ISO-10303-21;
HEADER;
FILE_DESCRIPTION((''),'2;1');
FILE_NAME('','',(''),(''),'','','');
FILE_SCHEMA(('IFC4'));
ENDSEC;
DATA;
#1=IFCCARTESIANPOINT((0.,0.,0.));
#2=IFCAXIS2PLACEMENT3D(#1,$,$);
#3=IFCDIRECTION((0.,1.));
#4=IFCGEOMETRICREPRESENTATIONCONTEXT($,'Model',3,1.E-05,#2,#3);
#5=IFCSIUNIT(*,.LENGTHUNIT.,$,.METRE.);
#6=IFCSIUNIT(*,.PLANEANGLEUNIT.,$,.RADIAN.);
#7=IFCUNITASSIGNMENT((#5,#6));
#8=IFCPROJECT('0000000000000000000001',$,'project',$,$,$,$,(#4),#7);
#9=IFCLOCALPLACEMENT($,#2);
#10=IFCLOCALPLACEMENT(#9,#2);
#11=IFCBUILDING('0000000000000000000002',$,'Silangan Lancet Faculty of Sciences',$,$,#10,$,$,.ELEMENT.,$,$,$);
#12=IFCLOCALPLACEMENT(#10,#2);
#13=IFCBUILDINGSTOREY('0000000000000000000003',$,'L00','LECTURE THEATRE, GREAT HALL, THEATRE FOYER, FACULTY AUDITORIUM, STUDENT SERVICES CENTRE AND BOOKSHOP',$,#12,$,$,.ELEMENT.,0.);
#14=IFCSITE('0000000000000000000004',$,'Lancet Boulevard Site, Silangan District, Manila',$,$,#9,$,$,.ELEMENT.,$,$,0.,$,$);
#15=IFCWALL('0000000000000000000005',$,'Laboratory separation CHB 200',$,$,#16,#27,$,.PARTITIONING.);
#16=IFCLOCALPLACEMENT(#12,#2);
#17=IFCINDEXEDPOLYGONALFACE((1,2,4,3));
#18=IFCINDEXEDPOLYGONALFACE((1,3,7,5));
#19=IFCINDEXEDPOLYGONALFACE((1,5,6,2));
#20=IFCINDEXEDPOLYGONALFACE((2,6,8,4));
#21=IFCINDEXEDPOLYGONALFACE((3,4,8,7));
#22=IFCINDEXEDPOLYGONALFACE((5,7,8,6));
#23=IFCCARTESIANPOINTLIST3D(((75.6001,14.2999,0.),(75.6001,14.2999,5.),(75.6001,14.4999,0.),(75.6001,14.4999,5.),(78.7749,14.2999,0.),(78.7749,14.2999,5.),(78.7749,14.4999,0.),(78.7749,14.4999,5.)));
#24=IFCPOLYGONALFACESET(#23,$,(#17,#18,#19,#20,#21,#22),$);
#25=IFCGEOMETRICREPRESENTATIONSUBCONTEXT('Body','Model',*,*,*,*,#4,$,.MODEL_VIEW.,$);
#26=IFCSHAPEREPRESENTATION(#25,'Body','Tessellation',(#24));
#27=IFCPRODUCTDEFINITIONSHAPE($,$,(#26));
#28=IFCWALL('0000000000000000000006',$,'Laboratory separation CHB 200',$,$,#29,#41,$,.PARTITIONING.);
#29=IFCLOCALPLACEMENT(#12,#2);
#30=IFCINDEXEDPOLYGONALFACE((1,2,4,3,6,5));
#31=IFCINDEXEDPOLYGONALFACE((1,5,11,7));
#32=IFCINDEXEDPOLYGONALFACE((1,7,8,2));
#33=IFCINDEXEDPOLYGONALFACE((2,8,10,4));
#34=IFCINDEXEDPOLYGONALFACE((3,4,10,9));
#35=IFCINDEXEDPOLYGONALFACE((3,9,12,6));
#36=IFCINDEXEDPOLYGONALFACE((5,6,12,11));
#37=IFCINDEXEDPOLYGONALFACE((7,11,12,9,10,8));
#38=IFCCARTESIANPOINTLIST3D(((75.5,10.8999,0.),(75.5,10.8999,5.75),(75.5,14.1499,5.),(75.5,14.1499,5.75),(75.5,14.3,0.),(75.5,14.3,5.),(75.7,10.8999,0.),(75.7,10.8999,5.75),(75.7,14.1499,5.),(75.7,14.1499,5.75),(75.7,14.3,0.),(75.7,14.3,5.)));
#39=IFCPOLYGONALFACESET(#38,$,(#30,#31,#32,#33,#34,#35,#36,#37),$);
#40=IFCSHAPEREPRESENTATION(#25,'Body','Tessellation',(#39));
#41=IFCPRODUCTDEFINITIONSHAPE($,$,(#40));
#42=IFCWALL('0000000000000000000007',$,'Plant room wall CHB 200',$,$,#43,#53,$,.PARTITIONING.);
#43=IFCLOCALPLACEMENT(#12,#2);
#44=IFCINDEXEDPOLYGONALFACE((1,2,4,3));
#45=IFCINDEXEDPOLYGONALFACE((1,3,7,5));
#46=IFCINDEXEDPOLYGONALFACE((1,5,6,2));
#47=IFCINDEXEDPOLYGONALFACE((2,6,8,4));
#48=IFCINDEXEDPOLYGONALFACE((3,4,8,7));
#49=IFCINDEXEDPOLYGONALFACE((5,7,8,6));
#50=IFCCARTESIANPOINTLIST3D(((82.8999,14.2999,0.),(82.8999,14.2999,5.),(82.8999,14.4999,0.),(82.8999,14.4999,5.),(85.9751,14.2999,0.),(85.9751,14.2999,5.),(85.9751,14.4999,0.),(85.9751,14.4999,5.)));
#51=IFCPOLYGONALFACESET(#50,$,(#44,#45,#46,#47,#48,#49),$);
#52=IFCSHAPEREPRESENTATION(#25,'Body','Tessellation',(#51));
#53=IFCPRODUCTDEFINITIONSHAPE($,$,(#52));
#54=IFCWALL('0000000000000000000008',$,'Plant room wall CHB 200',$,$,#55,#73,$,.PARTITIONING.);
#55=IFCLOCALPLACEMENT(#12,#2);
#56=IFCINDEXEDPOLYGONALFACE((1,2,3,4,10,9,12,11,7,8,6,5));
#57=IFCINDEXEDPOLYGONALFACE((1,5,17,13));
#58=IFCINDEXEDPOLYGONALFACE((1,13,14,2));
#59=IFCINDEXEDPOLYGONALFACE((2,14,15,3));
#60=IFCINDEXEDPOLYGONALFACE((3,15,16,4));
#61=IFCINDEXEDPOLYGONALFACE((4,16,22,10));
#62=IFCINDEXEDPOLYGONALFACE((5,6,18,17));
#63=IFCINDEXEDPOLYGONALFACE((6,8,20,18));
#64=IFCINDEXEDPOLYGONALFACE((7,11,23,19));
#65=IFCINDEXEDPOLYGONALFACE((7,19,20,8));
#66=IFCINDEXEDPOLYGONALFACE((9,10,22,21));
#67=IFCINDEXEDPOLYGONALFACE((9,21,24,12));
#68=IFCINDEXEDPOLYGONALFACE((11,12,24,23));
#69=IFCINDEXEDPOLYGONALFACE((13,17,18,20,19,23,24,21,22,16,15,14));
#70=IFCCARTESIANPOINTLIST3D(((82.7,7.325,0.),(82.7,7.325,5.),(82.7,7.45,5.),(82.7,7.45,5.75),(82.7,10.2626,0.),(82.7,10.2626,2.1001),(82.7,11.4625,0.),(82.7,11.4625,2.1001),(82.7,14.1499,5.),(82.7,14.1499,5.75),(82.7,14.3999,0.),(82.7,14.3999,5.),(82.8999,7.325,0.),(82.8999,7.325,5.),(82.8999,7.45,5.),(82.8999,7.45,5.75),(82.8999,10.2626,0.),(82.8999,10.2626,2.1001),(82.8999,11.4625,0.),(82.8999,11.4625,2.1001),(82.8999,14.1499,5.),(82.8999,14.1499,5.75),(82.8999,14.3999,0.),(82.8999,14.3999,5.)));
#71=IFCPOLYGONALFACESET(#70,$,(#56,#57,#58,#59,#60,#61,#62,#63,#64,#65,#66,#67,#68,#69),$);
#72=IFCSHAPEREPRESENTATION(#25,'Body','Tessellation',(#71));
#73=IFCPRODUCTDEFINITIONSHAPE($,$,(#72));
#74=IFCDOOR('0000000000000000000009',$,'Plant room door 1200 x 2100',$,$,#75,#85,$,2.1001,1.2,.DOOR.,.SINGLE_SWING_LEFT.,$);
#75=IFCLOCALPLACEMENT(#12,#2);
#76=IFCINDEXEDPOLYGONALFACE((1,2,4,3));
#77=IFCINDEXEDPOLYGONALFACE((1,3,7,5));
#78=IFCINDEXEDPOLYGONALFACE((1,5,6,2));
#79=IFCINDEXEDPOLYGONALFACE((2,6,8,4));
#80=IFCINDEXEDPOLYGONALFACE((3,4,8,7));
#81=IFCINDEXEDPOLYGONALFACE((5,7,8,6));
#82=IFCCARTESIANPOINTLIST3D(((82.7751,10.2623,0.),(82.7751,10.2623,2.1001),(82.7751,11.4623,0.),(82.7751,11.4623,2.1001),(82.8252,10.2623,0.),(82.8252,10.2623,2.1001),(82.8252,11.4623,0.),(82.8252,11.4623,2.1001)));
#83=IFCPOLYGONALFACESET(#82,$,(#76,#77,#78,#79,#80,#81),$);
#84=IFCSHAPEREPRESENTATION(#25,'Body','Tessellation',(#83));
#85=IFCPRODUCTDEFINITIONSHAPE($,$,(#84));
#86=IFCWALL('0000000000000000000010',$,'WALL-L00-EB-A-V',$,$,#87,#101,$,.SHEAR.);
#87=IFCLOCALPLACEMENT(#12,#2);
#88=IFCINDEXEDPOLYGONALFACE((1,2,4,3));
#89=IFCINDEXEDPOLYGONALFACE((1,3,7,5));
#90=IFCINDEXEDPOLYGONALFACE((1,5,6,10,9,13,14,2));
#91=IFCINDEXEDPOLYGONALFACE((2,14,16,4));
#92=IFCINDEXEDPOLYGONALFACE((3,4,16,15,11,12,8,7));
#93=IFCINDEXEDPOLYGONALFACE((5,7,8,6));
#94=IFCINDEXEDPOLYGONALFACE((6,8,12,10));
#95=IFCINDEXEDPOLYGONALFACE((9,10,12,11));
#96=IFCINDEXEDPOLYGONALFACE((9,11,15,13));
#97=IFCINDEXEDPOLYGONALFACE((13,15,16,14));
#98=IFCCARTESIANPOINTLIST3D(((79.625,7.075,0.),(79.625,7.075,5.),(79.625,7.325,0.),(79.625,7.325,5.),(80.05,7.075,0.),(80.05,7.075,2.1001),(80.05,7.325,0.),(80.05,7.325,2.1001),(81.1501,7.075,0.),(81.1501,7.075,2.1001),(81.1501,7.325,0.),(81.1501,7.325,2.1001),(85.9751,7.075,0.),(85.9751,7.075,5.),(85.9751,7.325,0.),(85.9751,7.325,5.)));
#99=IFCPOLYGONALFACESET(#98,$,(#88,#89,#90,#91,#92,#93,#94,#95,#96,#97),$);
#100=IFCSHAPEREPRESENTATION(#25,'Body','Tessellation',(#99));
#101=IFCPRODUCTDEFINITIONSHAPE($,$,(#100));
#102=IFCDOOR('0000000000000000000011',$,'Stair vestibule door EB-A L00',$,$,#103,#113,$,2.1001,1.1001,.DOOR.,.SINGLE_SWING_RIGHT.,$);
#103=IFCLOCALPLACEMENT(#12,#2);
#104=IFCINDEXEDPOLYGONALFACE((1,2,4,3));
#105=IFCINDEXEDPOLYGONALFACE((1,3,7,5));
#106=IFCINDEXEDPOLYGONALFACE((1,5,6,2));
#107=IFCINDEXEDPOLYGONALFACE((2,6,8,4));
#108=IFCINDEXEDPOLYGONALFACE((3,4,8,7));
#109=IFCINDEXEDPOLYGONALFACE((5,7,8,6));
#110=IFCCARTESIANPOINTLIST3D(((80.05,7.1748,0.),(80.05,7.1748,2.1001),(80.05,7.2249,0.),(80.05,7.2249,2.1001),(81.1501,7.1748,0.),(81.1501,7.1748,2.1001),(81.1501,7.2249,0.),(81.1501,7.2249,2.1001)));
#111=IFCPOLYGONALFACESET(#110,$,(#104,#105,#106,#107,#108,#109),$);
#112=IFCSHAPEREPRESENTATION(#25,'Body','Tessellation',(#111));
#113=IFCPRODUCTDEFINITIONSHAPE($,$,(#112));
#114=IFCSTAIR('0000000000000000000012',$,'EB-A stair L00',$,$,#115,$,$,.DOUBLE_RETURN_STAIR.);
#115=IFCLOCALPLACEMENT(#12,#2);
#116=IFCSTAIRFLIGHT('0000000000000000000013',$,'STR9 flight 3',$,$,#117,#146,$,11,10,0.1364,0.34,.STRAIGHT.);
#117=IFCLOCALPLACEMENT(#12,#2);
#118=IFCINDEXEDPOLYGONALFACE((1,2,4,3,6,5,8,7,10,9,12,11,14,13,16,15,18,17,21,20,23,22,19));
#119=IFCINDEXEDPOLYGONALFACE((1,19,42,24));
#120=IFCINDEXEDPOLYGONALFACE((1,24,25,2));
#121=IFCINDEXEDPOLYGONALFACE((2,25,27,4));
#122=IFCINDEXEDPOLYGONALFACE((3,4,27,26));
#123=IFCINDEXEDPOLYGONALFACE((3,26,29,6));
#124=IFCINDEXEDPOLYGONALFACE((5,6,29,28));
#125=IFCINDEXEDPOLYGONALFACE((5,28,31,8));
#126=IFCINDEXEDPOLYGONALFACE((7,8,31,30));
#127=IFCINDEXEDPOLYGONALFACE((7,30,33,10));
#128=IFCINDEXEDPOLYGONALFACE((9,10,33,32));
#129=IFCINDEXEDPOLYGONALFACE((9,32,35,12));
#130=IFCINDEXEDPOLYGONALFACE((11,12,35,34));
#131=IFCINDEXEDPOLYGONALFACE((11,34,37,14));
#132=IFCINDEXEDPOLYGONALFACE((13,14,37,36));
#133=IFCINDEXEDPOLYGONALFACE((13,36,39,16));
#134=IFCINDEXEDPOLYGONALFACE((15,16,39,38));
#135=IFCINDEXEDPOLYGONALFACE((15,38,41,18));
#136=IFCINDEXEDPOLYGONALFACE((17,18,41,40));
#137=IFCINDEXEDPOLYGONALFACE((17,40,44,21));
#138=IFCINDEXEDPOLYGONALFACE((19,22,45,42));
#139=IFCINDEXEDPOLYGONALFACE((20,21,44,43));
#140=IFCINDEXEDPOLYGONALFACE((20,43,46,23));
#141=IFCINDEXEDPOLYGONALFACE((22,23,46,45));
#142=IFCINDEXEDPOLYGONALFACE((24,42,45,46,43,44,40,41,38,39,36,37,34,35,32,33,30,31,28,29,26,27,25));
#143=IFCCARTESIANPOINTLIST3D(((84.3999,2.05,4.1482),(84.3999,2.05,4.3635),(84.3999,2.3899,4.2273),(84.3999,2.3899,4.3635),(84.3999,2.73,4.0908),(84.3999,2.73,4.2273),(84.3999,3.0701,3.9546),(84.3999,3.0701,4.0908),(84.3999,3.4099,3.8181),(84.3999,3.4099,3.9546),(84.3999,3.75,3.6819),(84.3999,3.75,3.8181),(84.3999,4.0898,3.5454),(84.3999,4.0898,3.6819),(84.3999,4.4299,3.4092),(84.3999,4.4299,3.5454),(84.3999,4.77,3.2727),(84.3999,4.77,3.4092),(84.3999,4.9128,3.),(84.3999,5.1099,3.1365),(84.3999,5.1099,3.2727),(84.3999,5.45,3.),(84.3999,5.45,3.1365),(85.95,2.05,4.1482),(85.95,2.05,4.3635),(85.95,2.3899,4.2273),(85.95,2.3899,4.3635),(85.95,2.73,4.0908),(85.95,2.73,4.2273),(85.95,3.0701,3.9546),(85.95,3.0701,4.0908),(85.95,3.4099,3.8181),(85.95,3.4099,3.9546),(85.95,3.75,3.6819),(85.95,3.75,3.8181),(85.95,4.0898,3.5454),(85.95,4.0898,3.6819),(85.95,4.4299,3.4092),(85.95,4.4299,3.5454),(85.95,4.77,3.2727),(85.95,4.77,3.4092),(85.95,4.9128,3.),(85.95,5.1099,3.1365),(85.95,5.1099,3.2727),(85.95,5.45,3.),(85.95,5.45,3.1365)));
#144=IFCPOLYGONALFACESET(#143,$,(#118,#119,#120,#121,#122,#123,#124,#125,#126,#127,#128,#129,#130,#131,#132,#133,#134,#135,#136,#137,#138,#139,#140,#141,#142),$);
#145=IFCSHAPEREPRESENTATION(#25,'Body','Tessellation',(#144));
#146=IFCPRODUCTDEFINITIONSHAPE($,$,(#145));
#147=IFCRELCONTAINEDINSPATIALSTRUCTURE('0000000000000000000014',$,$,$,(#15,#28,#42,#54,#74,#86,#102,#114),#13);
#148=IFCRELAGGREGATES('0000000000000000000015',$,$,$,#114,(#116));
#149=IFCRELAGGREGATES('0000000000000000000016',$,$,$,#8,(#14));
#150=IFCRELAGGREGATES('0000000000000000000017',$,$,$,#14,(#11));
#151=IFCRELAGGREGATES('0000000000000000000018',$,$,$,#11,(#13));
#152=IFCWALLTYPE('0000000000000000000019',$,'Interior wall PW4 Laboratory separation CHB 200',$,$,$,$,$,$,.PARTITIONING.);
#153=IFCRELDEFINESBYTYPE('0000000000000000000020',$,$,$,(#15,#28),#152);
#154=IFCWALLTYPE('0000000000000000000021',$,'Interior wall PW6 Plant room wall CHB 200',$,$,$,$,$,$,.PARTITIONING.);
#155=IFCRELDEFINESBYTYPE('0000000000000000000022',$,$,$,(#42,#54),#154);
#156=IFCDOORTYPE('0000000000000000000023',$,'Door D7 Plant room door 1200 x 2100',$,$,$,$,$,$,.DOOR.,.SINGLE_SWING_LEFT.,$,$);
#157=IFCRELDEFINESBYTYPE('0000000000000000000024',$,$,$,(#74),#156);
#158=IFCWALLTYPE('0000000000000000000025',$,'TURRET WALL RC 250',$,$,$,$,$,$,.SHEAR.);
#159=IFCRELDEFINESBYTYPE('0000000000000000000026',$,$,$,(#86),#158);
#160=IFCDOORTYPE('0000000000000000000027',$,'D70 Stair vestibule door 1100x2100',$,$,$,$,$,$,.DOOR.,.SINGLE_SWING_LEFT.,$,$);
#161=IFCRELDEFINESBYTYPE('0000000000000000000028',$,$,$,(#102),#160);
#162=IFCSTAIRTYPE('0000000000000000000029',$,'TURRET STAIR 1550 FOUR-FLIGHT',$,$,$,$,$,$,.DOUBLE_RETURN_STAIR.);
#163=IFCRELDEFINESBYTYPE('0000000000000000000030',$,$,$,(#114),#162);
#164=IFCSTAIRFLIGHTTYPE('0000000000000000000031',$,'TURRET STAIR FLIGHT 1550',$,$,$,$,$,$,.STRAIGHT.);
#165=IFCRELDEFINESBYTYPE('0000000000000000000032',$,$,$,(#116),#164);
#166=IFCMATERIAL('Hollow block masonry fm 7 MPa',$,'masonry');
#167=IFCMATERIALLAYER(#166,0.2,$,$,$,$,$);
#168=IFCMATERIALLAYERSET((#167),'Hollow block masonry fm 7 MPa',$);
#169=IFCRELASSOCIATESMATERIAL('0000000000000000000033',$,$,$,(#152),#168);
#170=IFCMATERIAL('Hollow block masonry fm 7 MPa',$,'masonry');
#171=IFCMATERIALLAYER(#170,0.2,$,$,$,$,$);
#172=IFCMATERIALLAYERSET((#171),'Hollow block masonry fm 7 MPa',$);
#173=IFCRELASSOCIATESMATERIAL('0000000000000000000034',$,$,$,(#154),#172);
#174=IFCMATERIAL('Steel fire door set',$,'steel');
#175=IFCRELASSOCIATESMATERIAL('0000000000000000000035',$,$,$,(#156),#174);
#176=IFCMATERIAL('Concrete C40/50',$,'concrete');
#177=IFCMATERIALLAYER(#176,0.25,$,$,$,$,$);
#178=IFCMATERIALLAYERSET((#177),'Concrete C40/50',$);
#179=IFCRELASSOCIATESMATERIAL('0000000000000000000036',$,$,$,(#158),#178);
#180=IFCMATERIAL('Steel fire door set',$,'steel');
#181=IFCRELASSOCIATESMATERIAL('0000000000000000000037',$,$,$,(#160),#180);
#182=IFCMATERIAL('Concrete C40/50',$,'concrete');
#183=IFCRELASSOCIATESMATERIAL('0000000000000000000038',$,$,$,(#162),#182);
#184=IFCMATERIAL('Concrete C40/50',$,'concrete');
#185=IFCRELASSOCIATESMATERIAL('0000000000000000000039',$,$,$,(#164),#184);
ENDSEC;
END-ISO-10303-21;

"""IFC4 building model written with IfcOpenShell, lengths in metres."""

from ifc_helpers import new_model, si_unit, direction, frame, frame_2d, origin, place, context, subcontext, project, spatial, polyline, rectangle, outline, extrude, material, layer, layer_set, type_object, element, fill, aggregate, save


model = new_model("IFC4")

# Units and contexts
model_context = context("Model", 3, precision=1e-05, world=origin(), true_north=direction((0.0, 1.0)))
body_context = subcontext(model_context, "Body", "Model", "MODEL_VIEW")
ifc_project = project(units=[si_unit("LENGTHUNIT", "METRE"), si_unit("PLANEANGLEUNIT", "RADIAN")], contexts=[model_context])

# Site, building, storey
site_placement = place(None, origin())
site = spatial("IfcSite", under=ifc_project, at=site_placement, Name="Lancet Boulevard Site, Silangan District, Manila", CompositionType="ELEMENT", RefElevation=0.0)
building_placement = place(site_placement, origin())
building = spatial("IfcBuilding", under=site, at=building_placement, Name="Silangan Lancet Faculty of Sciences", CompositionType="ELEMENT")
storey_placement = place(building_placement, origin())
storey = spatial("IfcBuildingStorey", under=building, at=storey_placement, Name="L00", Description="LECTURE THEATRE, GREAT HALL, THEATRE FOYER, FACULTY AUDITORIUM, STUDENT SERVICES CENTRE AND BOOKSHOP", CompositionType="ELEMENT", Elevation=0.0)

# Walls
ifc_material_1 = material(Name="Hollow block masonry fm 7 MPa", Category="masonry")
ifc_layer_1 = layer(ifc_material_1, 0.2)
ifc_layer_set_1 = layer_set([ifc_layer_1], Name="Hollow block masonry fm 7 MPa")
wall_type_1 = type_object("IfcWallType", Name="Interior wall PW4 Laboratory separation CHB 200", PredefinedType="PARTITIONING", material=ifc_layer_set_1)
wall_1_placement = place(storey_placement, frame((75.6001, 14.3999, 0.0), z_axis=(0.0, 0.0, 1.0), x_axis=(1.0, 0.0, 0.0)))
element("IfcWall", 1, at=wall_1_placement, inside=storey, type_object=wall_type_1, Name="Laboratory separation CHB 200", PredefinedType="PARTITIONING", context=body_context, shape_type="SweptSolid", body=[
    extrude(rectangle(XDim=3.1748, YDim=0.2, at=frame_2d((1.5874, 0.0))), origin(), (0.0, 0.0, 1.0), 5.0),
])
wall_2_placement = place(storey_placement, frame((75.6001, 10.8999, 0.0), z_axis=(0.0, 0.0, 1.0), x_axis=(0.0, 1.0, 0.0)))
element("IfcWall", 2, at=wall_2_placement, inside=storey, type_object=wall_type_1, Name="Laboratory separation CHB 200", PredefinedType="PARTITIONING", context=body_context, shape_type="SweptSolid", body=[
    extrude(outline(polyline([(0.0, 0.0), (3.4001, 0.0), (3.4001, 5.0), (3.25, 5.0), (3.25, 5.75), (0.0, 5.75), (0.0, 0.0)])), frame((0.0, 0.1001, 0.0), z_axis=(0.0, -1.0, 0.0), x_axis=(1.0, 0.0, 0.0)), (0.0, 0.0, 1.0), 0.2),
])
ifc_material_2 = material(Name="Hollow block masonry fm 7 MPa", Category="masonry")
ifc_layer_2 = layer(ifc_material_2, 0.2)
ifc_layer_set_2 = layer_set([ifc_layer_2], Name="Hollow block masonry fm 7 MPa")
wall_type_2 = type_object("IfcWallType", Name="Interior wall PW6 Plant room wall CHB 200", PredefinedType="PARTITIONING", material=ifc_layer_set_2)
wall_3_placement = place(storey_placement, frame((82.8999, 14.3999, 0.0), z_axis=(0.0, 0.0, 1.0), x_axis=(1.0, 0.0, 0.0)))
element("IfcWall", 3, at=wall_3_placement, inside=storey, type_object=wall_type_2, Name="Plant room wall CHB 200", PredefinedType="PARTITIONING", context=body_context, shape_type="SweptSolid", body=[
    extrude(rectangle(XDim=3.0752, YDim=0.2, at=frame_2d((1.5376, 0.0))), origin(), (0.0, 0.0, 1.0), 5.0),
])

# Walls, openings, doors
wall_4_placement = place(storey_placement, frame((82.8, 7.325, 0.0), z_axis=(0.0, 0.0, 1.0), x_axis=(0.0, 1.0, 0.0)))
wall_4 = element("IfcWall", 4, at=wall_4_placement, inside=storey, type_object=wall_type_2, Name="Plant room wall CHB 200", PredefinedType="PARTITIONING", context=body_context, shape_type="SweptSolid", body=[
    extrude(outline(polyline([(0.0, 0.0), (7.075, 0.0), (7.075, 5.0), (6.825, 5.0), (6.825, 5.75), (0.125, 5.75), (0.125, 5.0), (0.0, 5.0), (0.0, 0.0)])), frame((0.0, 0.1001, 0.0), z_axis=(0.0, -1.0, 0.0), x_axis=(1.0, 0.0, 0.0)), (0.0, 0.0, 1.0), 0.2),
])
opening_1_placement = place(wall_4_placement, frame((2.9375, 0.0, 0.0)))
opening_1 = element("IfcOpeningElement", 5, at=opening_1_placement, cuts=wall_4, PredefinedType="OPENING", context=body_context, shape_type="SweptSolid", body=[
    extrude(rectangle(XDim=1.2, YDim=2.1001, at=frame_2d((0.6001, 1.05))), frame((0.0, 0.1099, 0.0), z_axis=(0.0, -1.0, 0.0), x_axis=(1.0, 0.0, 0.0)), (0.0, 0.0, 1.0), 0.22),
])
ifc_material_3 = material(Name="Steel fire door set", Category="steel")
door_type_1 = type_object("IfcDoorType", Name="Door D7 Plant room door 1200 x 2100", OperationType="SINGLE_SWING_LEFT", PredefinedType="DOOR", material=ifc_material_3)
door_1_placement = place(opening_1_placement, frame((1.2, 0.0, 0.0), z_axis=(0.0, 0.0, 1.0), x_axis=(-1.0, 0.0, 0.0)))
door_1 = element("IfcDoor", 6, at=door_1_placement, inside=storey, type_object=door_type_1, Name="Plant room door 1200 x 2100", OperationType="SINGLE_SWING_LEFT", OverallHeight=2.1001, OverallWidth=1.2, PredefinedType="DOOR", context=body_context, shape_type="SweptSolid", body=[
    extrude(rectangle(XDim=1.2, YDim=2.1001, at=frame_2d((0.6001, 1.05))), frame((0.0, 0.0251, 0.0), z_axis=(0.0, -1.0, 0.0), x_axis=(1.0, 0.0, 0.0)), (0.0, 0.0, 1.0), 0.05),
])
fill(opening_1, door_1)
ifc_material_4 = material(Name="Concrete C40/50", Category="concrete")
ifc_layer_3 = layer(ifc_material_4, 0.25)
ifc_layer_set_3 = layer_set([ifc_layer_3], Name="Concrete C40/50")
wall_type_3 = type_object("IfcWallType", Name="TURRET WALL RC 250", PredefinedType="SHEAR", material=ifc_layer_set_3)
wall_5_placement = place(storey_placement, frame((79.625, 7.2, 0.0), z_axis=(0.0, 0.0, 1.0), x_axis=(1.0, 0.0, 0.0)))
wall_5 = element("IfcWall", 7, at=wall_5_placement, inside=storey, type_object=wall_type_3, Name="WALL-L00-EB-A-V", PredefinedType="SHEAR", context=body_context, shape_type="SweptSolid", body=[
    extrude(rectangle(XDim=6.3501, YDim=0.25, at=frame_2d((3.175, 0.0))), origin(), (0.0, 0.0, 1.0), 5.0),
])
opening_2_placement = place(wall_5_placement, frame((0.425, 0.0, 0.0)))
opening_2 = element("IfcOpeningElement", 8, at=opening_2_placement, cuts=wall_5, PredefinedType="OPENING", context=body_context, shape_type="SweptSolid", body=[
    extrude(rectangle(XDim=1.1001, YDim=2.1001, at=frame_2d((0.55, 1.05))), frame((0.0, 0.135, 0.0), z_axis=(0.0, -1.0, 0.0), x_axis=(1.0, 0.0, 0.0)), (0.0, 0.0, 1.0), 0.27),
])
ifc_material_5 = material(Name="Steel fire door set", Category="steel")
door_type_2 = type_object("IfcDoorType", Name="D70 Stair vestibule door 1100x2100", OperationType="SINGLE_SWING_LEFT", PredefinedType="DOOR", material=ifc_material_5)
door_2_placement = place(opening_2_placement, frame((1.1001, 0.0, 0.0), z_axis=(0.0, 0.0, 1.0), x_axis=(-1.0, 0.0, 0.0)))
door_2 = element("IfcDoor", 9, at=door_2_placement, inside=storey, type_object=door_type_2, Name="Stair vestibule door EB-A L00", OperationType="SINGLE_SWING_RIGHT", OverallHeight=2.1001, OverallWidth=1.1001, PredefinedType="DOOR", context=body_context, shape_type="SweptSolid", body=[
    extrude(rectangle(XDim=1.1001, YDim=2.1001, at=frame_2d((0.55, 1.05))), frame((0.0, 0.0251, 0.0), z_axis=(0.0, -1.0, 0.0), x_axis=(1.0, 0.0, 0.0)), (0.0, 0.0, 1.0), 0.05),
])
fill(opening_2, door_2)

# Stair, stair flight
ifc_material_6 = material(Name="Concrete C40/50", Category="concrete")
stair_type = type_object("IfcStairType", Name="TURRET STAIR 1550 FOUR-FLIGHT", PredefinedType="DOUBLE_RETURN_STAIR", material=ifc_material_6)
stair_placement = place(storey_placement, origin())
stair = element("IfcStair", 10, at=stair_placement, inside=storey, type_object=stair_type, Name="EB-A stair L00", PredefinedType="DOUBLE_RETURN_STAIR")
ifc_material_7 = material(Name="Concrete C40/50", Category="concrete")
stair_flight_type = type_object("IfcStairFlightType", Name="TURRET STAIR FLIGHT 1550", PredefinedType="STRAIGHT", material=ifc_material_7)
stair_flight_placement = place(storey_placement, frame((85.175, 5.45, 3.0), z_axis=(0.0, 0.0, 1.0), x_axis=(0.0, -1.0, 0.0)))
stair_flight = element("IfcStairFlight", 11, at=stair_flight_placement, type_object=stair_flight_type, Name="STR9 flight 3", NumberOfRisers=11, NumberOfTreads=10, PredefinedType="STRAIGHT", RiserHeight=0.1364, TreadLength=0.34, context=body_context, shape_type="SweptSolid", body=[
    extrude(outline(polyline([(0.0, 0.0), (0.0, 0.1365), (0.3401, 0.1365), (0.3401, 0.2727), (0.6799, 0.2727), (0.6799, 0.4092), (1.02, 0.4092), (1.02, 0.5454), (1.3601, 0.5454), (1.3601, 0.6819), (1.7, 0.6819), (1.7, 0.8181), (2.04, 0.8181), (2.04, 0.9546), (2.3799, 0.9546), (2.3799, 1.0908), (2.72, 1.0908), (2.72, 1.2273), (3.0601, 1.2273), (3.0601, 1.3635), (3.3999, 1.3635), (3.3999, 1.5), (3.3999, 1.1482), (0.5371, 0.0), (0.0, 0.0)])), frame((0.0, 0.7749, 0.0), z_axis=(0.0, -1.0, 0.0), x_axis=(1.0, 0.0, 0.0)), (0.0, 0.0, 1.0), 1.55),
])
aggregate(stair, [stair_flight])

save(model, "model.ifc")
